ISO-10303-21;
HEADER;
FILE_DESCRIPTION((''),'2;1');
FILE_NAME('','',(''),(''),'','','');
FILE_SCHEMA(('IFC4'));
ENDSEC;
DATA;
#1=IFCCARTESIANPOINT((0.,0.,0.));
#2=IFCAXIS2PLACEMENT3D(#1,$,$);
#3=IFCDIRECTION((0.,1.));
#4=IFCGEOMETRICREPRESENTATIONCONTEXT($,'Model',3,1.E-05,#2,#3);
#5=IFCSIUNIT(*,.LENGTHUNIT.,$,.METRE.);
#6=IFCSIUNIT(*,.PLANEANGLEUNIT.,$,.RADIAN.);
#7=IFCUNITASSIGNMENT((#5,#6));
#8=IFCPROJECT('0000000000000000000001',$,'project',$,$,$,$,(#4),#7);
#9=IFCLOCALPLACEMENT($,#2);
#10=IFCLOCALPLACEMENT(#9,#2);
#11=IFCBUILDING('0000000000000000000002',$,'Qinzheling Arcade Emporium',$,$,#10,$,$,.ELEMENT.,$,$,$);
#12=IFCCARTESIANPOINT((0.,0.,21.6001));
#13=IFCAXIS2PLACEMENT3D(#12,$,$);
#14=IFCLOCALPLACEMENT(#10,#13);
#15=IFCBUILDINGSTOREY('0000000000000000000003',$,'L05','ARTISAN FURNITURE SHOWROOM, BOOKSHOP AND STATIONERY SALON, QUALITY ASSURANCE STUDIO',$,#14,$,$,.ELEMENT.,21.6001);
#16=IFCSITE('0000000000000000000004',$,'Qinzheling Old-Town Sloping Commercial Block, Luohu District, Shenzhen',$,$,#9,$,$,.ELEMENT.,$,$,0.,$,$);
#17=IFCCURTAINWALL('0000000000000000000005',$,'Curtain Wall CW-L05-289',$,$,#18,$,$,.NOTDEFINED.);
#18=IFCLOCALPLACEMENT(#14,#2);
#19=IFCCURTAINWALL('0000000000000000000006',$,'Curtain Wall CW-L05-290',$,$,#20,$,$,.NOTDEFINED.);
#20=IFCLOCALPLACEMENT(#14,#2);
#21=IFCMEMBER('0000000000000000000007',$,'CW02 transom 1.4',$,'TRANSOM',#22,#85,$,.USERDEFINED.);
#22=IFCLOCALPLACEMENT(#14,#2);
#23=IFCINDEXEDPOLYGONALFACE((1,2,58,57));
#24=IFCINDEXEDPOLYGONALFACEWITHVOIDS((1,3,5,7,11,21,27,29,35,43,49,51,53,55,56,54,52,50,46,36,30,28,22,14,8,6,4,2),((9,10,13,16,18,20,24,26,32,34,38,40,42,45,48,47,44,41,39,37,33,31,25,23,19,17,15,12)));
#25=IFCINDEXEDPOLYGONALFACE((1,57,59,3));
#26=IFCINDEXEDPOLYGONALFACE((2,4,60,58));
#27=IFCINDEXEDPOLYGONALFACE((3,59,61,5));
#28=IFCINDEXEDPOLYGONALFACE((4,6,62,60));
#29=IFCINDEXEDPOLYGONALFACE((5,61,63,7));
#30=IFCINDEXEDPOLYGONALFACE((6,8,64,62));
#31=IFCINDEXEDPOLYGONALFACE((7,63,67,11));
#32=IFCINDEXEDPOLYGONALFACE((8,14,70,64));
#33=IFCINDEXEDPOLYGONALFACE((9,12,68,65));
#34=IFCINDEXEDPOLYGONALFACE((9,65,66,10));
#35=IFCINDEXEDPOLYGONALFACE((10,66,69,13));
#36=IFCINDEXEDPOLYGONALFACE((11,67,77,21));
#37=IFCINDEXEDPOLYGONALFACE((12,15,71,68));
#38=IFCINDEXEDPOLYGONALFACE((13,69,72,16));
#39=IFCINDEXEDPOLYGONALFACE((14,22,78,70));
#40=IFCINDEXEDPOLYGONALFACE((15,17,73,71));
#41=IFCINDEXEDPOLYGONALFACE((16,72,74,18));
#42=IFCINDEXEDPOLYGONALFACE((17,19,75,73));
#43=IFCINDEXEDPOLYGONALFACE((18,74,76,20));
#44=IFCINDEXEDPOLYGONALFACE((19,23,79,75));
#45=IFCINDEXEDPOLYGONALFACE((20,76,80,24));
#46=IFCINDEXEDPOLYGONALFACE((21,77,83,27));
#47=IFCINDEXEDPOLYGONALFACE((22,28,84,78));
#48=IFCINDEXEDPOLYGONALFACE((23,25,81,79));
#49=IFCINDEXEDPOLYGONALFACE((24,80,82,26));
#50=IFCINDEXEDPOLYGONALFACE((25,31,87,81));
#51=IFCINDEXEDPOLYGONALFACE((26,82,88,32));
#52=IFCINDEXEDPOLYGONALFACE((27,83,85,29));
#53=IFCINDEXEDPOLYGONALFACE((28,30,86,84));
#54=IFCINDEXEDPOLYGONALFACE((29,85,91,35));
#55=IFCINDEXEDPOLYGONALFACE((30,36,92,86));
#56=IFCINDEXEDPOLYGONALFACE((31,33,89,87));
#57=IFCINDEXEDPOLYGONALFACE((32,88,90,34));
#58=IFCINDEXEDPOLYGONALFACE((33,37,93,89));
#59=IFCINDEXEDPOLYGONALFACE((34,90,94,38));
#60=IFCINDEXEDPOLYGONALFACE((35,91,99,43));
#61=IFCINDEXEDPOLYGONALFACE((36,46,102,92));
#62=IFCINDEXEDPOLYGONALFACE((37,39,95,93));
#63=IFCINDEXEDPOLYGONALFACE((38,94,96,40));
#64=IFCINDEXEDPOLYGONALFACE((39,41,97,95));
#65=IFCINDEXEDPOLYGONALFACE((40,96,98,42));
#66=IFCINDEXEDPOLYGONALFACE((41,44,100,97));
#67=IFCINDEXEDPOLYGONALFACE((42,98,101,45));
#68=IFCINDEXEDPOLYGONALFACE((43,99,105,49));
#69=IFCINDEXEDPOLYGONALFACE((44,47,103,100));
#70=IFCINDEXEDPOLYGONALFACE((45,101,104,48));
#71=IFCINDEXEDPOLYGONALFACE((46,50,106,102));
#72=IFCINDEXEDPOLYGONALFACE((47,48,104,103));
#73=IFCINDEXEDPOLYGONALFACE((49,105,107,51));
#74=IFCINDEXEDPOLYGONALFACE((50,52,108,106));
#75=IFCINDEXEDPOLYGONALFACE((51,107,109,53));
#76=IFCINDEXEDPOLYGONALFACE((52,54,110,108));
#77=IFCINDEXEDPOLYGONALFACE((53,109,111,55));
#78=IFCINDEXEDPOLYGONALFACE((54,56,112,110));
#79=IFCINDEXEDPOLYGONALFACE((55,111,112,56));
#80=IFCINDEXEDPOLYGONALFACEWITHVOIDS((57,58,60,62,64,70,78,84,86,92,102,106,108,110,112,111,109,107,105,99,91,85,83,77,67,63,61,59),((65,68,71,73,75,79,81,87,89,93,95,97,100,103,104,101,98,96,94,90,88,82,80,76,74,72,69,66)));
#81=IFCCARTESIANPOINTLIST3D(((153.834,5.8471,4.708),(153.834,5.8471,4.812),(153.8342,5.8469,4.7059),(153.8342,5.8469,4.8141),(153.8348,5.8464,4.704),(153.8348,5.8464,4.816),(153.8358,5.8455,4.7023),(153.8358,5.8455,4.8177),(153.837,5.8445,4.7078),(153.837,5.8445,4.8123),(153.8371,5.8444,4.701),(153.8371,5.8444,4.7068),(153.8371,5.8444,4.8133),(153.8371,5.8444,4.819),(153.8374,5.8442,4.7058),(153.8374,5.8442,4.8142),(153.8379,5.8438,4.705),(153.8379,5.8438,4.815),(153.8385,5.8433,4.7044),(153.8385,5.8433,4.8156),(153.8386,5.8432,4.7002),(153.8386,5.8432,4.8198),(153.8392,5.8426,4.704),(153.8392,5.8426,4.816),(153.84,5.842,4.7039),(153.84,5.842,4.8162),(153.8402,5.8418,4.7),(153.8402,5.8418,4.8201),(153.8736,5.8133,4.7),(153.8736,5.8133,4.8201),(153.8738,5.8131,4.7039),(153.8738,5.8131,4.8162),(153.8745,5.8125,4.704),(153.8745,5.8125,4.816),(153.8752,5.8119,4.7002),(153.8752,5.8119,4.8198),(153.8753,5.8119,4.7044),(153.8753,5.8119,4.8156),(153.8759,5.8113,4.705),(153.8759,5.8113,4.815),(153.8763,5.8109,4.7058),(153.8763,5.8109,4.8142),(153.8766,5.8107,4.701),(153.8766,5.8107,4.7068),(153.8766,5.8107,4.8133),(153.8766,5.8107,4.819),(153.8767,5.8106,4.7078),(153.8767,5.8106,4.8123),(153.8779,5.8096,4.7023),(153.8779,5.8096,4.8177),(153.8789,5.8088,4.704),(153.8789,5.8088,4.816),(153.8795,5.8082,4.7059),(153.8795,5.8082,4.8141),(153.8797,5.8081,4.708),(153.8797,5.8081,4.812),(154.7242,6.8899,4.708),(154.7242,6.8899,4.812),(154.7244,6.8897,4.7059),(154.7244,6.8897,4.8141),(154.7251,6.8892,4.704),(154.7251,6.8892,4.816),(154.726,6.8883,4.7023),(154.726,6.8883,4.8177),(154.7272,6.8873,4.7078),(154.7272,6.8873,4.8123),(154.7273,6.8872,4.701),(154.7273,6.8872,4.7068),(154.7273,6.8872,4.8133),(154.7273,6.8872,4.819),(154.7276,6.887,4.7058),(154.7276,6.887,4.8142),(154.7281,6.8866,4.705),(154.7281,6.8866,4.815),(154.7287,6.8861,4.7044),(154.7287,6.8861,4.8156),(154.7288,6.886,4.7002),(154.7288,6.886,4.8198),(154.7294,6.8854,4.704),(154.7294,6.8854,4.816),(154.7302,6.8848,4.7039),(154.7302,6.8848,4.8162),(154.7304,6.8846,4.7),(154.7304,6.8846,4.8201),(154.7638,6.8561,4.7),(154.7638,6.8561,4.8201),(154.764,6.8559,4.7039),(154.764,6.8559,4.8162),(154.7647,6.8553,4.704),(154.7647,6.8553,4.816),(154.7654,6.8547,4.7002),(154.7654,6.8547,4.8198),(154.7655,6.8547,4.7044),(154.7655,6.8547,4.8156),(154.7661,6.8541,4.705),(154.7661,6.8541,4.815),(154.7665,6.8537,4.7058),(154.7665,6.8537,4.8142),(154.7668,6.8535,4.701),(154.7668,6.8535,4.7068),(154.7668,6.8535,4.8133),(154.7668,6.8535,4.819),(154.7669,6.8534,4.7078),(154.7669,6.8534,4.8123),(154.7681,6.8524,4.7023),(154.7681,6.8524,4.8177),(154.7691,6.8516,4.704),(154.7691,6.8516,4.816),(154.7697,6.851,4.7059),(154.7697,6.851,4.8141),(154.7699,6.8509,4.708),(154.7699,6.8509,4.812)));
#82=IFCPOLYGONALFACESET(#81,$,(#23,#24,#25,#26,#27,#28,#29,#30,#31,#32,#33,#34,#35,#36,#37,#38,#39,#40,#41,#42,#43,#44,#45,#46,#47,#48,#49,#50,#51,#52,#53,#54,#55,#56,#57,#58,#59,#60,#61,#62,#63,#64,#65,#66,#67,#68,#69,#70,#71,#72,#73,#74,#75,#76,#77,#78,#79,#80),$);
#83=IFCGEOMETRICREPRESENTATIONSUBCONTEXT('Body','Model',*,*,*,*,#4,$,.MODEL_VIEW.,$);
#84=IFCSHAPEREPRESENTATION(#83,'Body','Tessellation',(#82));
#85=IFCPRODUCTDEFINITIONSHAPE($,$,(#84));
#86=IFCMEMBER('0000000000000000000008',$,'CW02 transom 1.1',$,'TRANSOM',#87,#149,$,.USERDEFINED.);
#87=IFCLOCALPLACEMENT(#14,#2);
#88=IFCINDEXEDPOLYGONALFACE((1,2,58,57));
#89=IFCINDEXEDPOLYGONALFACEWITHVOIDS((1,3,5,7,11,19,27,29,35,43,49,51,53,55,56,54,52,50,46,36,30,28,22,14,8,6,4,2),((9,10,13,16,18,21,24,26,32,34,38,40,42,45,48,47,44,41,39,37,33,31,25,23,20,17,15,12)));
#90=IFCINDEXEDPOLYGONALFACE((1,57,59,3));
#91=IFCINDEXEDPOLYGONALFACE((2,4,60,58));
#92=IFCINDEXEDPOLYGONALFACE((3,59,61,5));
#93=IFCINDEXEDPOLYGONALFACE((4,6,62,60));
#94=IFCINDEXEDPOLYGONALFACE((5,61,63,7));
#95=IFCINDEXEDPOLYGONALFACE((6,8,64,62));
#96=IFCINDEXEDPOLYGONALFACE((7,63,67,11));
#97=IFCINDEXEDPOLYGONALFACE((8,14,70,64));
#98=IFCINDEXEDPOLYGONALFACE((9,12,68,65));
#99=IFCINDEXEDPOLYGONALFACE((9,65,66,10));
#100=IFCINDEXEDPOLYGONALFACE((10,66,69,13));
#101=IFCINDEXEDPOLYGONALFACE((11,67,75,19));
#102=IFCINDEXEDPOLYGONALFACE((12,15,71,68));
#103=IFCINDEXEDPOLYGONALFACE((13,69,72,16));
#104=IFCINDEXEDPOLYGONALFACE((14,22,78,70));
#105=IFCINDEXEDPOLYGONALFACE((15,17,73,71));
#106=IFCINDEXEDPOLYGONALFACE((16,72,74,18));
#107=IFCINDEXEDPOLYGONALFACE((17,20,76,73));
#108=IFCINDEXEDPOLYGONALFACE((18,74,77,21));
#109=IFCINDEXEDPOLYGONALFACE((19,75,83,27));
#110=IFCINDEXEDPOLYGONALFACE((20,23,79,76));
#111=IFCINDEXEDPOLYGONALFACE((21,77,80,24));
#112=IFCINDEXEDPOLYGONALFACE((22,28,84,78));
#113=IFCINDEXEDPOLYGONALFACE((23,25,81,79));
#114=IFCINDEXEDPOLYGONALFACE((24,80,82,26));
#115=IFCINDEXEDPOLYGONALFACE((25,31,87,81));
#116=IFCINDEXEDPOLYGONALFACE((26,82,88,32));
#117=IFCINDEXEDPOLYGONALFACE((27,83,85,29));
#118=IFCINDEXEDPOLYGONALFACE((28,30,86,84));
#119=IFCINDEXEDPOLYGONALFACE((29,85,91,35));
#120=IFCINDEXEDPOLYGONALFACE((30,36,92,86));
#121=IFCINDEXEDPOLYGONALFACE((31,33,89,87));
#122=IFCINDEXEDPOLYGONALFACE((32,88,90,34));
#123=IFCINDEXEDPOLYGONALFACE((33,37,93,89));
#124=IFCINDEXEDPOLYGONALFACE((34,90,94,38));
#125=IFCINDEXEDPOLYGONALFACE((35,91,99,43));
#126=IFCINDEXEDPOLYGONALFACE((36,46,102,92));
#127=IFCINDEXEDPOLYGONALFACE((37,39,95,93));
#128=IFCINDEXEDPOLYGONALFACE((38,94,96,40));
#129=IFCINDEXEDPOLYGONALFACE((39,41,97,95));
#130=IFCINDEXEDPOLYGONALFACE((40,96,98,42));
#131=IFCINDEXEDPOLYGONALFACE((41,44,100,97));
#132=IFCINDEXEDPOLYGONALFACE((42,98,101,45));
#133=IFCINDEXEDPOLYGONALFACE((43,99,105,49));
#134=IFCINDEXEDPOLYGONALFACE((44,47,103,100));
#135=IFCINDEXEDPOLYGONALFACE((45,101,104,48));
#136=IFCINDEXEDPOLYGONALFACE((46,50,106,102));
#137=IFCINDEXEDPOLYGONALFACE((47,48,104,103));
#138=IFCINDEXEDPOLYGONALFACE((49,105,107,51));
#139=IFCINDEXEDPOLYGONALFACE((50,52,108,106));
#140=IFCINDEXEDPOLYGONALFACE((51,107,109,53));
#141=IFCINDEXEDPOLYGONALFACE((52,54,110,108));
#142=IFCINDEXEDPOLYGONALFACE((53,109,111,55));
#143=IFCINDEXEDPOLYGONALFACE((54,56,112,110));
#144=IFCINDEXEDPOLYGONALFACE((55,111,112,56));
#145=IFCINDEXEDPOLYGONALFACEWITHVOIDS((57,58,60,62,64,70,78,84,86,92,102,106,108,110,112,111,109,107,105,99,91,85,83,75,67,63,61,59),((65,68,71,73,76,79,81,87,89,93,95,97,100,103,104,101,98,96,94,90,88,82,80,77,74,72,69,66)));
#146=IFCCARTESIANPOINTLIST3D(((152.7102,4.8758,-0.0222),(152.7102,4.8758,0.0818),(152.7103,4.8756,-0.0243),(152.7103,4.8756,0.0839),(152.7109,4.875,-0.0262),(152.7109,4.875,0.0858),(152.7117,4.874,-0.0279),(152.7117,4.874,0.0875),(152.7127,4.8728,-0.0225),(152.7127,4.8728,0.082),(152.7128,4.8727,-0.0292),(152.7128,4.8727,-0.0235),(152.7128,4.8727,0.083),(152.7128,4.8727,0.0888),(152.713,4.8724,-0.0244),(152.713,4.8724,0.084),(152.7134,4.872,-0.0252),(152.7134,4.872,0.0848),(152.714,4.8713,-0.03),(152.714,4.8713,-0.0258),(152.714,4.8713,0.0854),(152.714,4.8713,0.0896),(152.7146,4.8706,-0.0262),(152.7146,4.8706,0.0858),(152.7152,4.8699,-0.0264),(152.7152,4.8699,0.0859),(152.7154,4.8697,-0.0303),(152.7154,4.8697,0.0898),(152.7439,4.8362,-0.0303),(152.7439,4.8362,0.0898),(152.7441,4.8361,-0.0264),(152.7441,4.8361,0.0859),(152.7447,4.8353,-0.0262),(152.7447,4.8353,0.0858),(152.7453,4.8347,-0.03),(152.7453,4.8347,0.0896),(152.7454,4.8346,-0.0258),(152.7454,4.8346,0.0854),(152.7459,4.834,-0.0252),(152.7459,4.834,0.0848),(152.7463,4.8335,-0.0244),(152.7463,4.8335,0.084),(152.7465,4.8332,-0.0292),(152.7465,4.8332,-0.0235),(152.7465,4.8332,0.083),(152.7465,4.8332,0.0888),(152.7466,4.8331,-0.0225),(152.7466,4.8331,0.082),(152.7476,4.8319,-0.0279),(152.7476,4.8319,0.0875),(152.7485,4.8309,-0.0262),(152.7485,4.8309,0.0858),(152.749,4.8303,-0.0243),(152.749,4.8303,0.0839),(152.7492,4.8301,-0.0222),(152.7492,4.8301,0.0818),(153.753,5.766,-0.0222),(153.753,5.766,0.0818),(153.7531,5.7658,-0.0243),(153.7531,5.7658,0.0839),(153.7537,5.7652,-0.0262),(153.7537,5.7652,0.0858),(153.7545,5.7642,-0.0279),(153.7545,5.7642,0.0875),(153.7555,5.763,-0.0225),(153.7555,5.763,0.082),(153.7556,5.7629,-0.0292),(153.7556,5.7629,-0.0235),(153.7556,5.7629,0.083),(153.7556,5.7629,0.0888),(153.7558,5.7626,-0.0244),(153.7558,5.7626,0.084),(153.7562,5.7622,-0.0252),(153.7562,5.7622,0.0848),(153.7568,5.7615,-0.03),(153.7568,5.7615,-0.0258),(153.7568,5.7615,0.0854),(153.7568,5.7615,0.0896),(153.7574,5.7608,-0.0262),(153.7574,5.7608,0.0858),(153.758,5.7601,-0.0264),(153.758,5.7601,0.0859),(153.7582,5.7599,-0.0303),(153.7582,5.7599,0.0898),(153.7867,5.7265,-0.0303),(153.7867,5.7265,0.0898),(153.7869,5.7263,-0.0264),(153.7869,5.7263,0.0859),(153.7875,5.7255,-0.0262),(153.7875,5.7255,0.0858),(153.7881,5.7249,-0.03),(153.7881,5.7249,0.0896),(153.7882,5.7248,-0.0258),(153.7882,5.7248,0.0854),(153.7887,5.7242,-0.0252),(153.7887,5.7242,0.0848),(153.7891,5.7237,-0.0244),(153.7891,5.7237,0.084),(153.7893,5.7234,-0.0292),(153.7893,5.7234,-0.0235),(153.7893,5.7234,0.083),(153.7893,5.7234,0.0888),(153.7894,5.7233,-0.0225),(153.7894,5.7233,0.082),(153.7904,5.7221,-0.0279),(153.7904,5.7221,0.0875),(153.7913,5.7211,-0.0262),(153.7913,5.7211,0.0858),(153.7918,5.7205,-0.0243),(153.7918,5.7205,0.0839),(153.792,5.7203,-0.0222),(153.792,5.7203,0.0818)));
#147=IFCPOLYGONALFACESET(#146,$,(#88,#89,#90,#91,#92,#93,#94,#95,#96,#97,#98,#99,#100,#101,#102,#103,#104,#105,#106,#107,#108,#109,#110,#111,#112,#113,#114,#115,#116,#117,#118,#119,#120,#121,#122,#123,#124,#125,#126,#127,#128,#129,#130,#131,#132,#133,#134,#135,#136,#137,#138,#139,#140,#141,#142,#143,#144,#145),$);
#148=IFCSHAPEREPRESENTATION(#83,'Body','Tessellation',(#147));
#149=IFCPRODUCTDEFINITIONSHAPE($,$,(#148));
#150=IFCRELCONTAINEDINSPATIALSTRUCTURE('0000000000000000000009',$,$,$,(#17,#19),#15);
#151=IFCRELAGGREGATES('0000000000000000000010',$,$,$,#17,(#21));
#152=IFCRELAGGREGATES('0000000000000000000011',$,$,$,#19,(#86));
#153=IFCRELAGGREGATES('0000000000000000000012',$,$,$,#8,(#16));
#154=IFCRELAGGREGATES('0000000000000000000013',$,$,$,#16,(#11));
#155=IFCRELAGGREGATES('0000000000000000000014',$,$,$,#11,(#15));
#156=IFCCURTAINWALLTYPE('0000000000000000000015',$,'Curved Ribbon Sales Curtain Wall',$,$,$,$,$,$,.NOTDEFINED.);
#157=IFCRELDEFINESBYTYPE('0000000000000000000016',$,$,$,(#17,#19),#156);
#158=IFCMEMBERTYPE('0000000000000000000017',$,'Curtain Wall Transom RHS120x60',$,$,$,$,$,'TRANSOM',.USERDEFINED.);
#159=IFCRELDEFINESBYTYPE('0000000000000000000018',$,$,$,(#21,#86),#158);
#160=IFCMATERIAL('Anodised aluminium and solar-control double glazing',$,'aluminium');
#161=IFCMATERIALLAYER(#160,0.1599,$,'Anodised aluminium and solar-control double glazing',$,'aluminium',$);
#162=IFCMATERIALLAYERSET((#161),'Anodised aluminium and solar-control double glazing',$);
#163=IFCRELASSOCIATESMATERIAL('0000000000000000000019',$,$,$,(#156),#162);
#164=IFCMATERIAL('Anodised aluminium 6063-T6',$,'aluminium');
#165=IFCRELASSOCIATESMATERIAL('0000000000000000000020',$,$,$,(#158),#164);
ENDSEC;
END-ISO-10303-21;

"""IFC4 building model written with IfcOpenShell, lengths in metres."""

from ifc_helpers import new_model, si_unit, direction, frame, origin, origin_2d, place, context, subcontext, project, spatial, hollow_rectangle, extrude, material, layer, layer_set, material_profile, profile_set, type_object, element, aggregate, save


model = new_model("IFC4")

# Units and contexts
model_context = context("Model", 3, precision=1e-05, world=origin(), true_north=direction((0.0, 1.0)))
body_context = subcontext(model_context, "Body", "Model", "MODEL_VIEW")
ifc_project = project(units=[si_unit("LENGTHUNIT", "METRE"), si_unit("PLANEANGLEUNIT", "RADIAN")], contexts=[model_context])

# Site, building, storey
site_placement = place(None, origin())
site = spatial("IfcSite", under=ifc_project, at=site_placement, Name="Qinzheling Old-Town Sloping Commercial Block, Luohu District, Shenzhen", CompositionType="ELEMENT", RefElevation=0.0)
building_placement = place(site_placement, origin())
building = spatial("IfcBuilding", under=site, at=building_placement, Name="Qinzheling Arcade Emporium", CompositionType="ELEMENT")
storey_placement = place(building_placement, frame((0.0, 0.0, 21.6001)))
storey = spatial("IfcBuildingStorey", under=building, at=storey_placement, Name="L05", Description="ARTISAN FURNITURE SHOWROOM, BOOKSHOP AND STATIONERY SALON, QUALITY ASSURANCE STUDIO", CompositionType="ELEMENT", Elevation=21.6001)

# Shared definitions
ifc_material_1 = material(Name="Anodised aluminium and solar-control double glazing", Category="aluminium")
ifc_layer_1 = layer(ifc_material_1, 0.1599, Name="Anodised aluminium and solar-control double glazing", Category="aluminium")
ifc_layer_set_1 = layer_set([ifc_layer_1], Name="Anodised aluminium and solar-control double glazing")
curtain_wall_type = type_object("IfcCurtainWallType", Name="Curved Ribbon Sales Curtain Wall", PredefinedType="NOTDEFINED", material=ifc_layer_set_1)
ifc_material_2 = material(Name="Anodised aluminium 6063-T6", Category="aluminium")

# Curtain walls
curtain_wall_1_placement = place(storey_placement, origin())
curtain_wall_1 = element("IfcCurtainWall", 1, at=curtain_wall_1_placement, inside=storey, type_object=curtain_wall_type, Name="Curtain Wall CW-L05-289", PredefinedType="NOTDEFINED")
curtain_wall_2_placement = place(storey_placement, origin())
curtain_wall_2 = element("IfcCurtainWall", 2, at=curtain_wall_2_placement, inside=storey, type_object=curtain_wall_type, Name="Curtain Wall CW-L05-290", PredefinedType="NOTDEFINED")

# Members
ifc_material_profile_1 = material_profile(ifc_material_2, hollow_rectangle(XDim=0.0601, YDim=0.1201, WallThickness=0.0039, InnerFilletRadius=0.0039, OuterFilletRadius=0.0081, at=origin_2d()), Name="RHS 120x60x4", Category="aluminium")
ifc_profile_set_1 = profile_set([ifc_material_profile_1], Name="Anodised aluminium 6063-T6")
member_type_1 = type_object("IfcMemberType", Name="Curtain Wall Transom RHS120x60", ElementType="TRANSOM", PredefinedType="USERDEFINED", material=ifc_profile_set_1)
member_1_placement = place(storey_placement, frame((154.7471, 6.8704, 4.76), z_axis=(-0.649265, -0.760562, 0.0), x_axis=(0.760562, -0.649265, 0.0)))
member_1 = element("IfcMember", 3, at=member_1_placement, type_object=member_type_1, Name="CW02 transom 1.4", ObjectType="TRANSOM", PredefinedType="USERDEFINED", context=body_context, shape_type="SweptSolid", body=[
    extrude(hollow_rectangle(XDim=0.0601, YDim=0.1201, WallThickness=0.0039, InnerFilletRadius=0.0039, OuterFilletRadius=0.0081, at=origin_2d()), origin(), (0.0, 0.0, 1.0), 1.3711),
])
member_2_placement = place(storey_placement, frame((153.7725, 5.7432, 0.0298), z_axis=(-0.760562, -0.649265, 0.0), x_axis=(0.649265, -0.760562, 0.0)))
member_2 = element("IfcMember", 4, at=member_2_placement, type_object=member_type_1, Name="CW02 transom 1.1", ObjectType="TRANSOM", PredefinedType="USERDEFINED", context=body_context, shape_type="SweptSolid", body=[
    extrude(hollow_rectangle(XDim=0.0601, YDim=0.1201, WallThickness=0.0039, InnerFilletRadius=0.0039, OuterFilletRadius=0.0081, at=origin_2d()), origin(), (0.0, 0.0, 1.0), 1.3711),
])

aggregate(curtain_wall_1, [member_1])
aggregate(curtain_wall_2, [member_2])

save(model, "model.ifc")
